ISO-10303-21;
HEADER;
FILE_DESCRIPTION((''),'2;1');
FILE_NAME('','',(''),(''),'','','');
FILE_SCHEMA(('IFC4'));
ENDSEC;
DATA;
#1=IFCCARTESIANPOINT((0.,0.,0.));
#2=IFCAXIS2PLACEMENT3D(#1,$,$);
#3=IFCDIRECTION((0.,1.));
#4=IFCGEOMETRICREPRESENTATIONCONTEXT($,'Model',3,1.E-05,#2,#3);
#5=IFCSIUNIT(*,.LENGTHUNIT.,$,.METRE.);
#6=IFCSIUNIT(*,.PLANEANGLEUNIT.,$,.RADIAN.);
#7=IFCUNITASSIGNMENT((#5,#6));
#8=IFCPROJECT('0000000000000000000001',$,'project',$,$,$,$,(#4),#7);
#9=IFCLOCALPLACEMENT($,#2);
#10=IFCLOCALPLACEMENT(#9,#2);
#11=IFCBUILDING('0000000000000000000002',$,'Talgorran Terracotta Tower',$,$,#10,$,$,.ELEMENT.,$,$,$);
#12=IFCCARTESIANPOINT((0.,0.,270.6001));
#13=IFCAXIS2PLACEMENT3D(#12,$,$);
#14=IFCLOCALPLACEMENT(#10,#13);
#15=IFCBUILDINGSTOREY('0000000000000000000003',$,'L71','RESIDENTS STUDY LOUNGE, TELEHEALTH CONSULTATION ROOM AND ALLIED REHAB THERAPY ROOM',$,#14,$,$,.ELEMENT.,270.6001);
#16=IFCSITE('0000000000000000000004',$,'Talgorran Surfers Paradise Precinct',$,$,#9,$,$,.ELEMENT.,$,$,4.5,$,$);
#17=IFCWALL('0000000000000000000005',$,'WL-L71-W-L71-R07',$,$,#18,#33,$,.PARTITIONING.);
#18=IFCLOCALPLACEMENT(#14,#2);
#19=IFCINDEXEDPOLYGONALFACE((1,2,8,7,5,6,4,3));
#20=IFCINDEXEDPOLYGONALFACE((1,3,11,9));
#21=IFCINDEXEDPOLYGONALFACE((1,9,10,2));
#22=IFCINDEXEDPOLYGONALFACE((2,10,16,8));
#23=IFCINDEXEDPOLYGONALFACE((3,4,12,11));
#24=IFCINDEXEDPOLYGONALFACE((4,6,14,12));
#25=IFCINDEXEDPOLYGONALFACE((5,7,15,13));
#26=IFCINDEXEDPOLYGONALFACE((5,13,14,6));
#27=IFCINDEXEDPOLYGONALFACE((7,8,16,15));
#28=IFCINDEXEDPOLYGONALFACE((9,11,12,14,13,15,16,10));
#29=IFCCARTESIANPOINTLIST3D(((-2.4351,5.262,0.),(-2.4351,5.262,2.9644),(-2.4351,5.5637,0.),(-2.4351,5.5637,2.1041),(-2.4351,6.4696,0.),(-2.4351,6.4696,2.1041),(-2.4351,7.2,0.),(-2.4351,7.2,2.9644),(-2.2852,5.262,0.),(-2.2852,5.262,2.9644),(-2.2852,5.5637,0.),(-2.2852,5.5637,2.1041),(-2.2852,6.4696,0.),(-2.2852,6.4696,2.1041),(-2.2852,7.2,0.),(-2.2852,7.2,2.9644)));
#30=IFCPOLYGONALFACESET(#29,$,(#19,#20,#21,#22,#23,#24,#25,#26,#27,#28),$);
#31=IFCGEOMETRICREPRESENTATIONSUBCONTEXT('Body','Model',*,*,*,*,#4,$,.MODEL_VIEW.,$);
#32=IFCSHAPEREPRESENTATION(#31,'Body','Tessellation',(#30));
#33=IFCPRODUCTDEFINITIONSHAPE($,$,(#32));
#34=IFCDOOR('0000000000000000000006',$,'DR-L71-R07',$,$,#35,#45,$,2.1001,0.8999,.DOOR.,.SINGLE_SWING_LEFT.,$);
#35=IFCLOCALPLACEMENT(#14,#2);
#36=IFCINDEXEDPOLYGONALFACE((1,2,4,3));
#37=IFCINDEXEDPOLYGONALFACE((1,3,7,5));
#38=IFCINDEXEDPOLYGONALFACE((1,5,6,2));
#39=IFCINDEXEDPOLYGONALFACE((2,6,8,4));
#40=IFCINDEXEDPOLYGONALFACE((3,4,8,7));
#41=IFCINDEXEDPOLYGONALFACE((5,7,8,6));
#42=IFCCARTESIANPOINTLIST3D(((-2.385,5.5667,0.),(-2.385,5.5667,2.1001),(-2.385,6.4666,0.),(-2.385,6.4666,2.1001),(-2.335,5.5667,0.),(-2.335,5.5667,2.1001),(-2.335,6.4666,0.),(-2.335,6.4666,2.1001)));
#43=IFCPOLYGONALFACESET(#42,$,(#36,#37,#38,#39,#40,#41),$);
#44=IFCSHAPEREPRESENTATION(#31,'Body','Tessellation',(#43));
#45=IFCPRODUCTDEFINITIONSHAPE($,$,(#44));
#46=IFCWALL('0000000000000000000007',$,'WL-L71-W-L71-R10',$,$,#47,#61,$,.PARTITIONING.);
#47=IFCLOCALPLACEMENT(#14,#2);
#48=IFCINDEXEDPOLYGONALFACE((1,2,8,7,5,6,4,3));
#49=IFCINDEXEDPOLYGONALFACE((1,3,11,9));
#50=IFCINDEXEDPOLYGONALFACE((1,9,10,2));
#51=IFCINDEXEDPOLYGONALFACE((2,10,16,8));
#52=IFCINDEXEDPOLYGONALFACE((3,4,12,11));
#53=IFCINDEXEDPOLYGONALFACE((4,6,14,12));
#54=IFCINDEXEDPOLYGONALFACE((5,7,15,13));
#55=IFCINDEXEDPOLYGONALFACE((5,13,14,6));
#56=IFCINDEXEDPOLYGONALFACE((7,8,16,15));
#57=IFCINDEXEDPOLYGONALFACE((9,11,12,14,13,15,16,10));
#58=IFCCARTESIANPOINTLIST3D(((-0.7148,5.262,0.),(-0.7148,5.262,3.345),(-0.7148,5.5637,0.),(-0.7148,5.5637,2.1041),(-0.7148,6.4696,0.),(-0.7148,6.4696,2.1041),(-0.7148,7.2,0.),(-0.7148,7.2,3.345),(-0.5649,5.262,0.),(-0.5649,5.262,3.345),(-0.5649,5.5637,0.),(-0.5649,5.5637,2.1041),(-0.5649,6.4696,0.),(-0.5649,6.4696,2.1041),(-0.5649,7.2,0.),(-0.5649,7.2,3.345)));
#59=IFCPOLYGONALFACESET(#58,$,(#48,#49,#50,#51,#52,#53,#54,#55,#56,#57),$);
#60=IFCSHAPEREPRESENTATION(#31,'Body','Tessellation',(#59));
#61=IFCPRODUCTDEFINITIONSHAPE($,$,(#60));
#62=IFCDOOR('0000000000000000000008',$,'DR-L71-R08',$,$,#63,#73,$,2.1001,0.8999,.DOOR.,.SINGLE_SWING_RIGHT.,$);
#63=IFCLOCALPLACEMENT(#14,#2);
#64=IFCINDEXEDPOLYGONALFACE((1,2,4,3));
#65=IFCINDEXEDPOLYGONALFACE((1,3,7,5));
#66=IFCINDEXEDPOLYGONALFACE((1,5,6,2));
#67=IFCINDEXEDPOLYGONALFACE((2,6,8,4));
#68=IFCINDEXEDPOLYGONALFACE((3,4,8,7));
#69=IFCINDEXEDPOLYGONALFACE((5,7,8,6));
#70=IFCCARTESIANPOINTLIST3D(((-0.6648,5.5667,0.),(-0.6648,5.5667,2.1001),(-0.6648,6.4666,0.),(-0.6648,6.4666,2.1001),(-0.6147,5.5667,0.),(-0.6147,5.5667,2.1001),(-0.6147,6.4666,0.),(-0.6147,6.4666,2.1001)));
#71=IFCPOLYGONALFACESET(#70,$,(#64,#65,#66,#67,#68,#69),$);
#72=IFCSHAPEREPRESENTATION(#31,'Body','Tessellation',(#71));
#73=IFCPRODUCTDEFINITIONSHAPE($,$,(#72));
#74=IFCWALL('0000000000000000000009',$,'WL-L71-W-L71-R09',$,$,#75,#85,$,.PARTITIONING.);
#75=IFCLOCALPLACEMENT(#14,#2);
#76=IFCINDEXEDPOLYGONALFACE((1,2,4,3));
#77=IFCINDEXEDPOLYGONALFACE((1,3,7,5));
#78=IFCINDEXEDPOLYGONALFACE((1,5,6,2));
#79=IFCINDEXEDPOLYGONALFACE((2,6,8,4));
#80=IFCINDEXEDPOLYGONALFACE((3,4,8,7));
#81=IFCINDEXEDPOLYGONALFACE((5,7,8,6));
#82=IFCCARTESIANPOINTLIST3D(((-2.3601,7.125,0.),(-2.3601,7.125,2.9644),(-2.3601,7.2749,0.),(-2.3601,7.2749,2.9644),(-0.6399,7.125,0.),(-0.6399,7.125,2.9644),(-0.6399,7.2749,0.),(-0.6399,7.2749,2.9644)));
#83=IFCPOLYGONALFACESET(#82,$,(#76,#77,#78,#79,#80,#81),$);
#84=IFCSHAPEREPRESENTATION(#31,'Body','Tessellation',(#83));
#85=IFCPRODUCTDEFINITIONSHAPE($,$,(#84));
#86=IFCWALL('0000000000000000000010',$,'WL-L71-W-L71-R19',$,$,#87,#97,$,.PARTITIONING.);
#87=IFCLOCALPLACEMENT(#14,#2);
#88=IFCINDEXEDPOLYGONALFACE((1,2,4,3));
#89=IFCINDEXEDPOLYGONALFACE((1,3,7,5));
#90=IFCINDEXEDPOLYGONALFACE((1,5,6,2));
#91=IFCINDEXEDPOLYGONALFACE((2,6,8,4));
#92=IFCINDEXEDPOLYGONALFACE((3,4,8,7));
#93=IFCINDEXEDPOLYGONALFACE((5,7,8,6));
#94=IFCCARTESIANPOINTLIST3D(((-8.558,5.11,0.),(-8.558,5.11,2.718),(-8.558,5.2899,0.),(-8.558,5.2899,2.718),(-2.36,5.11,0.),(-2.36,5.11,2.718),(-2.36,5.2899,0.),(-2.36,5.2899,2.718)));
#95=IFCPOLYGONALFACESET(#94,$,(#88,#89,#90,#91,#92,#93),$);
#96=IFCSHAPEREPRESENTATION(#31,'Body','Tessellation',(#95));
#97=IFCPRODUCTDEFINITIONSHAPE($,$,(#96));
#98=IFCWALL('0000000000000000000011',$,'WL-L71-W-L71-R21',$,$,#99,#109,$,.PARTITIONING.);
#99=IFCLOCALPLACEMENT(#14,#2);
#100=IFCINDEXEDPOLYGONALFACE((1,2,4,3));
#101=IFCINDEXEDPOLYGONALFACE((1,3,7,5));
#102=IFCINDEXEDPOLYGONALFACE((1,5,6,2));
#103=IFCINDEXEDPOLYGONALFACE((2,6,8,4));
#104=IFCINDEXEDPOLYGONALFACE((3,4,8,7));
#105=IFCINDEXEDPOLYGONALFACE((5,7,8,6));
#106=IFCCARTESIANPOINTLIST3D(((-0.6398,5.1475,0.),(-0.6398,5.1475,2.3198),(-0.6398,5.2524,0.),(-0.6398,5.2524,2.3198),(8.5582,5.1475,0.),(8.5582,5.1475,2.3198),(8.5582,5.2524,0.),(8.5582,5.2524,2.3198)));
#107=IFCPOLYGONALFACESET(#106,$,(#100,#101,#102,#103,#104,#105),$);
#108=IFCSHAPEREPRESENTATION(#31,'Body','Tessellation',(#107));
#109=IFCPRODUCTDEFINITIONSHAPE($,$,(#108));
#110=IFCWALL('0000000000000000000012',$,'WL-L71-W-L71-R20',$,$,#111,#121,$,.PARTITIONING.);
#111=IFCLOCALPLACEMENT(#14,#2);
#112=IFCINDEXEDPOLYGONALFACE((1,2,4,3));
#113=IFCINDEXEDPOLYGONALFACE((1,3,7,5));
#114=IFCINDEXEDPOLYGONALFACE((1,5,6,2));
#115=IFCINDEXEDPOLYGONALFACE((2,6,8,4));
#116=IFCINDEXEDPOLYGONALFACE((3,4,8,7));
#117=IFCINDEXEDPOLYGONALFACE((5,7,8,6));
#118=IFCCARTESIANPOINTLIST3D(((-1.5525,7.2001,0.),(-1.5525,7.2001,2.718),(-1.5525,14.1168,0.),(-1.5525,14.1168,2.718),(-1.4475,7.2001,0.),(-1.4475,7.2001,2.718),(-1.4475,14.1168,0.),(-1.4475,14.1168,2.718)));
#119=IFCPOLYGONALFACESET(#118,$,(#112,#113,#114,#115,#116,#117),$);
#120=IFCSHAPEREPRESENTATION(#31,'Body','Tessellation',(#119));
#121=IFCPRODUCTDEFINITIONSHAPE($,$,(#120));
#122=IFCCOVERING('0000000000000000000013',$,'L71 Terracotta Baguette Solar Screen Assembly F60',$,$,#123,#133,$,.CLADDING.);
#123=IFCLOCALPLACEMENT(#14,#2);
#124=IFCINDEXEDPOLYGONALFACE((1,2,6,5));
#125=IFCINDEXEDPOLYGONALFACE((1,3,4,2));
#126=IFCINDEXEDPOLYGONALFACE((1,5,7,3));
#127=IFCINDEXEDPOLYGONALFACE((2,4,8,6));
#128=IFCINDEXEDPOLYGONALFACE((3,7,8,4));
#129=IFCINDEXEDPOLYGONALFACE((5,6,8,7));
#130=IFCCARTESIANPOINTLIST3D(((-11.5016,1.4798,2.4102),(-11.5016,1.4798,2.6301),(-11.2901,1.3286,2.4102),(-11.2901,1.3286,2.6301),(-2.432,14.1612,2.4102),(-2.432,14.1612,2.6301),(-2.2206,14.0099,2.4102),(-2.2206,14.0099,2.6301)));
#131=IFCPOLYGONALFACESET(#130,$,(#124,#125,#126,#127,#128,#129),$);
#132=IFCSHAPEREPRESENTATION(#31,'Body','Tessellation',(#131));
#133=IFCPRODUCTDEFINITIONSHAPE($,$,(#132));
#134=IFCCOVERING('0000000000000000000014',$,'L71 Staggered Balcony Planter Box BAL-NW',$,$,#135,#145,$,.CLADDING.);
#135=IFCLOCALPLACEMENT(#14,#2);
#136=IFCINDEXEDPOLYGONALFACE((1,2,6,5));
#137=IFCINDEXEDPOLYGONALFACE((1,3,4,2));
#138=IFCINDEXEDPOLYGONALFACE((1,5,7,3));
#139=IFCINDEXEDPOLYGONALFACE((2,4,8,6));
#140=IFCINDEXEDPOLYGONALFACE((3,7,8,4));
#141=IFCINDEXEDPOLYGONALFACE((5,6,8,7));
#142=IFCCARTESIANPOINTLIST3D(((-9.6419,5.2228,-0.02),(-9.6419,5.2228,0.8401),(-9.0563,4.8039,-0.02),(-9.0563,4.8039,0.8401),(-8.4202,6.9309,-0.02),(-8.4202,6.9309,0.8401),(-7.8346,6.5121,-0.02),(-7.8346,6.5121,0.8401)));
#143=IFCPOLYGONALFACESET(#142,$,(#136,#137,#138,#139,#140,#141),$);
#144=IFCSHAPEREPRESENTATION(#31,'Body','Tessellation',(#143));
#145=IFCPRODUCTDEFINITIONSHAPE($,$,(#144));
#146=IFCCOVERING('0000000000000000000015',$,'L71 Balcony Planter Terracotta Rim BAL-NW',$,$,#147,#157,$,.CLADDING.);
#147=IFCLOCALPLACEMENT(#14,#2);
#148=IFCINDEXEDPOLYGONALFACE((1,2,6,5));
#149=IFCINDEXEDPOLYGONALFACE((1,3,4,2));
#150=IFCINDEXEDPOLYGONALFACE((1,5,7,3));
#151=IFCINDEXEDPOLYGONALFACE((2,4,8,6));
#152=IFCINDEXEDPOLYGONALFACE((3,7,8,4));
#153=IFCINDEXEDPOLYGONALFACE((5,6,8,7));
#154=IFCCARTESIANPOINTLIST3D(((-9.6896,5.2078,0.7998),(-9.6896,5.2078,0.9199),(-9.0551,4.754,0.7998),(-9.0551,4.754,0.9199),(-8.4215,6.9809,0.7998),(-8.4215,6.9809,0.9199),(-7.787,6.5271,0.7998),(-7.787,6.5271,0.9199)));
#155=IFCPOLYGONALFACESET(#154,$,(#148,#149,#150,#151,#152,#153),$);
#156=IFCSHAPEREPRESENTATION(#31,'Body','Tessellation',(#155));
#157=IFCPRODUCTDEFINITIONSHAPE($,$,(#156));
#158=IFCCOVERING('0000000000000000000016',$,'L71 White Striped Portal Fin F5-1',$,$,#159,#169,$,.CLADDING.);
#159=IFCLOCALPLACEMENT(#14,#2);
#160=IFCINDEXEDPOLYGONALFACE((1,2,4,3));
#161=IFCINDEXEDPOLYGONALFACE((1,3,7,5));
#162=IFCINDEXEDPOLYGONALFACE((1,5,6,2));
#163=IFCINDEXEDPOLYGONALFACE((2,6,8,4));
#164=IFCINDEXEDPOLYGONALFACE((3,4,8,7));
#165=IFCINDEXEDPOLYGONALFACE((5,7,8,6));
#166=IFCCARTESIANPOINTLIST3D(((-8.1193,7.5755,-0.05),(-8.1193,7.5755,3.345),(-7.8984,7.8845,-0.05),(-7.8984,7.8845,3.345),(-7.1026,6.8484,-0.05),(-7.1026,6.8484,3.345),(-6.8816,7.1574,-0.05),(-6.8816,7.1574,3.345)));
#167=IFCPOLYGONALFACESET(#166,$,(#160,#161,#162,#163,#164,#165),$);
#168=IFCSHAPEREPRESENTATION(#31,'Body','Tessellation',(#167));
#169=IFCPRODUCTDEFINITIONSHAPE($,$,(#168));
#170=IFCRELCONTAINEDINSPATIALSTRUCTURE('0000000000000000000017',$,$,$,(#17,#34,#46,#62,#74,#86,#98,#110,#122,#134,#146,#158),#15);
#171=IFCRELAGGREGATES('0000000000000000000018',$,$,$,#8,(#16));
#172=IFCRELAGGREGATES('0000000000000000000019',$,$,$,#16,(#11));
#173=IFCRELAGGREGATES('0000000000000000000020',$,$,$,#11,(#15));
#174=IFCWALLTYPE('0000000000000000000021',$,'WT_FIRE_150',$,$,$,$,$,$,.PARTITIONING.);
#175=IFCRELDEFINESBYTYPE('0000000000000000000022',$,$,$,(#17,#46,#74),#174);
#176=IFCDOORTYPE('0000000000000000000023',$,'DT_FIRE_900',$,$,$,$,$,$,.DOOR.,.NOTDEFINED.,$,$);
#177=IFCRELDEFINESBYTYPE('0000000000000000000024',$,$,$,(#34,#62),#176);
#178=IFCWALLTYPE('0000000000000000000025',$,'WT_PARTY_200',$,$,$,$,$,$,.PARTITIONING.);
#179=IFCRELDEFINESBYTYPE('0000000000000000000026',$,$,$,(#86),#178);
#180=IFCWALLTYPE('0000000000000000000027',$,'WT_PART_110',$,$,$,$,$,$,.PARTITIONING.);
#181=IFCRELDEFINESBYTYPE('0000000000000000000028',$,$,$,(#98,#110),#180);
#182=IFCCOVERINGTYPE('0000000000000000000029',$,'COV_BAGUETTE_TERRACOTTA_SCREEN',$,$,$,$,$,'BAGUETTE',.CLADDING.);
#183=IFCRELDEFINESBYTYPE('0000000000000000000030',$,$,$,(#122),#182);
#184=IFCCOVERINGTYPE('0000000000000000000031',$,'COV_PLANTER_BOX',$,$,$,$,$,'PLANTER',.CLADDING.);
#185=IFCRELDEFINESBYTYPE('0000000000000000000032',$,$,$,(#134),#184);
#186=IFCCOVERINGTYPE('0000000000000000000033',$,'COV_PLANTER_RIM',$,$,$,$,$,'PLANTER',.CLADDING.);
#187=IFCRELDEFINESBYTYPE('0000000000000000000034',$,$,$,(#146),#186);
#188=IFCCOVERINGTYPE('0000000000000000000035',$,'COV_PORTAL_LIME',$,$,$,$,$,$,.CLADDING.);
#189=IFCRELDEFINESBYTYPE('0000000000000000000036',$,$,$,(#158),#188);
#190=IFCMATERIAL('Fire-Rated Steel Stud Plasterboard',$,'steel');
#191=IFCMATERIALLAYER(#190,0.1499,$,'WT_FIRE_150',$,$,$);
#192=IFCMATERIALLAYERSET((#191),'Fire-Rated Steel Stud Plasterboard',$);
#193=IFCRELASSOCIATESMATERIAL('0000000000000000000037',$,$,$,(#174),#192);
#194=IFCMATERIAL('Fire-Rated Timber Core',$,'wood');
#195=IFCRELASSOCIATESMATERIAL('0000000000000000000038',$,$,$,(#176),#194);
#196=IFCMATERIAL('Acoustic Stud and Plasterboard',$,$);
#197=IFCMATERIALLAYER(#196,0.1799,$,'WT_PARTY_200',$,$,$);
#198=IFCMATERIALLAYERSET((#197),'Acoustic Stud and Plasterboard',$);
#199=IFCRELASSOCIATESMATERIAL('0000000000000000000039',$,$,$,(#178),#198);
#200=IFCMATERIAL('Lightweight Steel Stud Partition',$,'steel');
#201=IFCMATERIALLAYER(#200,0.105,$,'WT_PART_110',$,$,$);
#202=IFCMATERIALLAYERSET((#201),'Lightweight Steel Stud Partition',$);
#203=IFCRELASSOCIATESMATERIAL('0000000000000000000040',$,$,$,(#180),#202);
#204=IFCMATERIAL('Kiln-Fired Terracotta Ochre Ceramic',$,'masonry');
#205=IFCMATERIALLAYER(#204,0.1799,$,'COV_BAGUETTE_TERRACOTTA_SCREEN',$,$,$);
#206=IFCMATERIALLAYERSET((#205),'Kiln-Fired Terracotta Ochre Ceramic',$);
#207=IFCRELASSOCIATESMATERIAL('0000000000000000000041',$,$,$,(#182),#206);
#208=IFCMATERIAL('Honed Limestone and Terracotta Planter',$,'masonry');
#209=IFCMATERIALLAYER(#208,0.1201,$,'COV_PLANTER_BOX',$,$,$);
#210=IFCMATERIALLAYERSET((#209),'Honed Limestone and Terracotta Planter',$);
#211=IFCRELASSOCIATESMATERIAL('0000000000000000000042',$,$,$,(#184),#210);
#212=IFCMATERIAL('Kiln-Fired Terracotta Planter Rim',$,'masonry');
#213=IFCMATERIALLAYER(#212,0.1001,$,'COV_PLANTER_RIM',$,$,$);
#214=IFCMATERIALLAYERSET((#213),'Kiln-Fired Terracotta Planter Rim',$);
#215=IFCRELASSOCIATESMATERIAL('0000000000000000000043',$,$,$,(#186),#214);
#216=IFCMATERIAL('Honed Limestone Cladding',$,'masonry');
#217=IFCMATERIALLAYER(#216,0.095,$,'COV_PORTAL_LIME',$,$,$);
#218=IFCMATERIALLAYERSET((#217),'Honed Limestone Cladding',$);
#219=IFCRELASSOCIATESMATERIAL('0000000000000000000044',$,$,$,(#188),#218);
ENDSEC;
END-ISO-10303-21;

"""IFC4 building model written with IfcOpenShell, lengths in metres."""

from ifc_helpers import new_model, si_unit, direction, frame, frame_2d, origin, origin_2d, place, context, subcontext, project, spatial, rectangle, extrude, material, layer, layer_set, type_object, element, fill, save


model = new_model("IFC4")

# Units and contexts
model_context = context("Model", 3, precision=1e-05, world=origin(), true_north=direction((0.0, 1.0)))
body_context = subcontext(model_context, "Body", "Model", "MODEL_VIEW")
ifc_project = project(units=[si_unit("LENGTHUNIT", "METRE"), si_unit("PLANEANGLEUNIT", "RADIAN")], contexts=[model_context])

# Site, building, storey
site_placement = place(None, origin())
site = spatial("IfcSite", under=ifc_project, at=site_placement, Name="Talgorran Surfers Paradise Precinct", CompositionType="ELEMENT", RefElevation=4.5)
building_placement = place(site_placement, origin())
building = spatial("IfcBuilding", under=site, at=building_placement, Name="Talgorran Terracotta Tower", CompositionType="ELEMENT")
storey_placement = place(building_placement, frame((0.0, 0.0, 270.6001)))
storey = spatial("IfcBuildingStorey", under=building, at=storey_placement, Name="L71", Description="RESIDENTS STUDY LOUNGE, TELEHEALTH CONSULTATION ROOM AND ALLIED REHAB THERAPY ROOM", CompositionType="ELEMENT", Elevation=270.6001)

# Walls, openings, doors
ifc_material_1 = material(Name="Fire-Rated Steel Stud Plasterboard", Category="steel")
ifc_layer_1 = layer(ifc_material_1, 0.1499, Name="WT_FIRE_150")
ifc_layer_set_1 = layer_set([ifc_layer_1], Name="Fire-Rated Steel Stud Plasterboard")
wall_type_1 = type_object("IfcWallType", Name="WT_FIRE_150", PredefinedType="PARTITIONING", material=ifc_layer_set_1)
wall_1_placement = place(storey_placement, frame((-2.3601, 5.262, 0.0), z_axis=(0.0, 0.0, 1.0), x_axis=(0.0, 1.0, 0.0)))
wall_1 = element("IfcWall", 1, at=wall_1_placement, inside=storey, type_object=wall_type_1, Name="WL-L71-W-L71-R07", PredefinedType="PARTITIONING", context=body_context, shape_type="SweptSolid", body=[
    extrude(rectangle(XDim=1.938, YDim=0.1499, at=frame_2d((0.969, 0.0))), origin(), (0.0, 0.0, 1.0), 2.9644),
])
opening_1_placement = place(wall_1_placement, frame((0.3047, 0.0, 0.0)))
opening_1 = element("IfcOpeningElement", 2, at=opening_1_placement, cuts=wall_1, PredefinedType="OPENING", context=body_context, shape_type="SweptSolid", body=[
    extrude(rectangle(XDim=0.9059, YDim=2.1041, at=frame_2d((0.45, 1.052))), frame((0.0, 0.085, 0.0), z_axis=(0.0, -1.0, 0.0), x_axis=(1.0, 0.0, 0.0)), (0.0, 0.0, 1.0), 0.1699),
])
ifc_material_2 = material(Name="Fire-Rated Timber Core", Category="wood")
door_type = type_object("IfcDoorType", Name="DT_FIRE_900", OperationType="NOTDEFINED", PredefinedType="DOOR", material=ifc_material_2)
door_1_placement = place(opening_1_placement, origin())
door_1 = element("IfcDoor", 3, at=door_1_placement, inside=storey, type_object=door_type, Name="DR-L71-R07", OperationType="SINGLE_SWING_LEFT", OverallHeight=2.1001, OverallWidth=0.8999, PredefinedType="DOOR", context=body_context, shape_type="SweptSolid", body=[
    extrude(rectangle(XDim=0.8999, YDim=2.1001, at=frame_2d((0.45, 1.05))), frame((0.0, 0.0249, 0.0), z_axis=(0.0, -1.0, 0.0), x_axis=(1.0, 0.0, 0.0)), (0.0, 0.0, 1.0), 0.05),
])
fill(opening_1, door_1)
wall_2_placement = place(storey_placement, frame((-0.6399, 5.262, 0.0), z_axis=(0.0, 0.0, 1.0), x_axis=(0.0, 1.0, 0.0)))
wall_2 = element("IfcWall", 4, at=wall_2_placement, inside=storey, type_object=wall_type_1, Name="WL-L71-W-L71-R10", PredefinedType="PARTITIONING", context=body_context, shape_type="SweptSolid", body=[
    extrude(rectangle(XDim=1.938, YDim=0.1499, at=frame_2d((0.969, 0.0))), origin(), (0.0, 0.0, 1.0), 3.345),
])
opening_2_placement = place(wall_2_placement, frame((0.3047, 0.0, 0.0)))
opening_2 = element("IfcOpeningElement", 5, at=opening_2_placement, cuts=wall_2, PredefinedType="OPENING", context=body_context, shape_type="SweptSolid", body=[
    extrude(rectangle(XDim=0.9059, YDim=2.1041, at=frame_2d((0.45, 1.052))), frame((0.0, 0.085, 0.0), z_axis=(0.0, -1.0, 0.0), x_axis=(1.0, 0.0, 0.0)), (0.0, 0.0, 1.0), 0.1699),
])
door_2_placement = place(opening_2_placement, origin())
door_2 = element("IfcDoor", 6, at=door_2_placement, inside=storey, type_object=door_type, Name="DR-L71-R08", OperationType="SINGLE_SWING_RIGHT", OverallHeight=2.1001, OverallWidth=0.8999, PredefinedType="DOOR", context=body_context, shape_type="SweptSolid", body=[
    extrude(rectangle(XDim=0.8999, YDim=2.1001, at=frame_2d((0.45, 1.05))), frame((0.0, 0.0249, 0.0), z_axis=(0.0, -1.0, 0.0), x_axis=(1.0, 0.0, 0.0)), (0.0, 0.0, 1.0), 0.05),
])
fill(opening_2, door_2)

# Walls
wall_3_placement = place(storey_placement, frame((-2.3601, 7.2, 0.0), z_axis=(0.0, 0.0, 1.0), x_axis=(1.0, 0.0, 0.0)))
element("IfcWall", 7, at=wall_3_placement, inside=storey, type_object=wall_type_1, Name="WL-L71-W-L71-R09", PredefinedType="PARTITIONING", context=body_context, shape_type="SweptSolid", body=[
    extrude(rectangle(XDim=1.7202, YDim=0.1499, at=frame_2d((0.8601, 0.0))), origin(), (0.0, 0.0, 1.0), 2.9644),
])
ifc_material_3 = material(Name="Acoustic Stud and Plasterboard")
ifc_layer_2 = layer(ifc_material_3, 0.1799, Name="WT_PARTY_200")
ifc_layer_set_2 = layer_set([ifc_layer_2], Name="Acoustic Stud and Plasterboard")
wall_type_2 = type_object("IfcWallType", Name="WT_PARTY_200", PredefinedType="PARTITIONING", material=ifc_layer_set_2)
wall_4_placement = place(storey_placement, frame((-8.5581, 5.2, 0.0), z_axis=(0.0, 0.0, 1.0), x_axis=(1.0, 0.0, 0.0)))
element("IfcWall", 8, at=wall_4_placement, inside=storey, type_object=wall_type_2, Name="WL-L71-W-L71-R19", PredefinedType="PARTITIONING", context=body_context, shape_type="SweptSolid", body=[
    extrude(rectangle(XDim=6.198, YDim=0.1799, at=frame_2d((3.0991, 0.0))), origin(), (0.0, 0.0, 1.0), 2.718),
])
ifc_material_4 = material(Name="Lightweight Steel Stud Partition", Category="steel")
ifc_layer_3 = layer(ifc_material_4, 0.105, Name="WT_PART_110")
ifc_layer_set_3 = layer_set([ifc_layer_3], Name="Lightweight Steel Stud Partition")
wall_type_3 = type_object("IfcWallType", Name="WT_PART_110", PredefinedType="PARTITIONING", material=ifc_layer_set_3)
wall_5_placement = place(storey_placement, frame((-0.6399, 5.2, 0.0), z_axis=(0.0, 0.0, 1.0), x_axis=(1.0, 0.0, 0.0)))
element("IfcWall", 9, at=wall_5_placement, inside=storey, type_object=wall_type_3, Name="WL-L71-W-L71-R21", PredefinedType="PARTITIONING", context=body_context, shape_type="SweptSolid", body=[
    extrude(rectangle(XDim=9.198, YDim=0.105, at=frame_2d((4.5991, 0.0))), origin(), (0.0, 0.0, 1.0), 2.3198),
])
wall_6_placement = place(storey_placement, frame((-1.5, 7.2, 0.0), z_axis=(0.0, 0.0, 1.0), x_axis=(0.0, 1.0, 0.0)))
element("IfcWall", 10, at=wall_6_placement, inside=storey, type_object=wall_type_3, Name="WL-L71-W-L71-R20", PredefinedType="PARTITIONING", context=body_context, shape_type="SweptSolid", body=[
    extrude(rectangle(XDim=6.9167, YDim=0.105, at=frame_2d((3.4585, 0.0))), origin(), (0.0, 0.0, 1.0), 2.718),
])

# Coverings
ifc_material_5 = material(Name="Kiln-Fired Terracotta Ochre Ceramic", Category="masonry")
ifc_layer_4 = layer(ifc_material_5, 0.1799, Name="COV_BAGUETTE_TERRACOTTA_SCREEN")
ifc_layer_set_4 = layer_set([ifc_layer_4], Name="Kiln-Fired Terracotta Ochre Ceramic")
covering_type_1 = type_object("IfcCoveringType", Name="COV_BAGUETTE_TERRACOTTA_SCREEN", ElementType="BAGUETTE", PredefinedType="CLADDING", material=ifc_layer_set_4)
covering_1_placement = place(storey_placement, frame((-6.8611, 7.7449, 2.4102), z_axis=(0.0, 0.0, 1.0), x_axis=(-0.581726, -0.813385, 0.0)))
element("IfcCovering", 11, at=covering_1_placement, inside=storey, type_object=covering_type_1, Name="L71 Terracotta Baguette Solar Screen Assembly F60", PredefinedType="CLADDING", context=body_context, shape_type="SweptSolid", body=[
    extrude(rectangle(XDim=15.5908, YDim=0.26, at=origin_2d()), origin(), (0.0, 0.0, 1.0), 0.22),
])
ifc_material_6 = material(Name="Honed Limestone and Terracotta Planter", Category="masonry")
ifc_layer_5 = layer(ifc_material_6, 0.1201, Name="COV_PLANTER_BOX")
ifc_layer_set_5 = layer_set([ifc_layer_5], Name="Honed Limestone and Terracotta Planter")
covering_type_2 = type_object("IfcCoveringType", Name="COV_PLANTER_BOX", ElementType="PLANTER", PredefinedType="CLADDING", material=ifc_layer_set_5)
covering_2_placement = place(storey_placement, frame((-8.7383, 5.8674, -0.02), z_axis=(0.0, 0.0, 1.0), x_axis=(-0.581726, -0.813385, 0.0)))
element("IfcCovering", 12, at=covering_2_placement, inside=storey, type_object=covering_type_2, Name="L71 Staggered Balcony Planter Box BAL-NW", PredefinedType="CLADDING", context=body_context, shape_type="SweptSolid", body=[
    extrude(rectangle(XDim=2.1001, YDim=0.72, at=origin_2d()), origin(), (0.0, 0.0, 1.0), 0.8601),
])
ifc_material_7 = material(Name="Kiln-Fired Terracotta Planter Rim", Category="masonry")
ifc_layer_6 = layer(ifc_material_7, 0.1001, Name="COV_PLANTER_RIM")
ifc_layer_set_6 = layer_set([ifc_layer_6], Name="Kiln-Fired Terracotta Planter Rim")
covering_type_3 = type_object("IfcCoveringType", Name="COV_PLANTER_RIM", ElementType="PLANTER", PredefinedType="CLADDING", material=ifc_layer_set_6)
covering_3_placement = place(storey_placement, frame((-8.7383, 5.8674, 0.7998), z_axis=(0.0, 0.0, 1.0), x_axis=(-0.581726, -0.813385, 0.0)))
element("IfcCovering", 13, at=covering_3_placement, inside=storey, type_object=covering_type_3, Name="L71 Balcony Planter Terracotta Rim BAL-NW", PredefinedType="CLADDING", context=body_context, shape_type="SweptSolid", body=[
    extrude(rectangle(XDim=2.1799, YDim=0.78, at=origin_2d()), origin(), (0.0, 0.0, 1.0), 0.1201),
])
ifc_material_8 = material(Name="Honed Limestone Cladding", Category="masonry")
ifc_layer_7 = layer(ifc_material_8, 0.095, Name="COV_PORTAL_LIME")
ifc_layer_set_7 = layer_set([ifc_layer_7], Name="Honed Limestone Cladding")
covering_type_4 = type_object("IfcCoveringType", Name="COV_PORTAL_LIME", PredefinedType="CLADDING", material=ifc_layer_set_7)
covering_4_placement = place(storey_placement, frame((-7.5005, 7.3665, -0.05), z_axis=(0.0, 0.0, 1.0), x_axis=(-0.581726, -0.813385, 0.0)))
element("IfcCovering", 14, at=covering_4_placement, inside=storey, type_object=covering_type_4, Name="L71 White Striped Portal Fin F5-1", PredefinedType="CLADDING", context=body_context, shape_type="SweptSolid", body=[
    extrude(rectangle(XDim=0.3799, YDim=1.25, at=origin_2d()), origin(), (0.0, 0.0, 1.0), 3.395),
])

save(model, "model.ifc")
